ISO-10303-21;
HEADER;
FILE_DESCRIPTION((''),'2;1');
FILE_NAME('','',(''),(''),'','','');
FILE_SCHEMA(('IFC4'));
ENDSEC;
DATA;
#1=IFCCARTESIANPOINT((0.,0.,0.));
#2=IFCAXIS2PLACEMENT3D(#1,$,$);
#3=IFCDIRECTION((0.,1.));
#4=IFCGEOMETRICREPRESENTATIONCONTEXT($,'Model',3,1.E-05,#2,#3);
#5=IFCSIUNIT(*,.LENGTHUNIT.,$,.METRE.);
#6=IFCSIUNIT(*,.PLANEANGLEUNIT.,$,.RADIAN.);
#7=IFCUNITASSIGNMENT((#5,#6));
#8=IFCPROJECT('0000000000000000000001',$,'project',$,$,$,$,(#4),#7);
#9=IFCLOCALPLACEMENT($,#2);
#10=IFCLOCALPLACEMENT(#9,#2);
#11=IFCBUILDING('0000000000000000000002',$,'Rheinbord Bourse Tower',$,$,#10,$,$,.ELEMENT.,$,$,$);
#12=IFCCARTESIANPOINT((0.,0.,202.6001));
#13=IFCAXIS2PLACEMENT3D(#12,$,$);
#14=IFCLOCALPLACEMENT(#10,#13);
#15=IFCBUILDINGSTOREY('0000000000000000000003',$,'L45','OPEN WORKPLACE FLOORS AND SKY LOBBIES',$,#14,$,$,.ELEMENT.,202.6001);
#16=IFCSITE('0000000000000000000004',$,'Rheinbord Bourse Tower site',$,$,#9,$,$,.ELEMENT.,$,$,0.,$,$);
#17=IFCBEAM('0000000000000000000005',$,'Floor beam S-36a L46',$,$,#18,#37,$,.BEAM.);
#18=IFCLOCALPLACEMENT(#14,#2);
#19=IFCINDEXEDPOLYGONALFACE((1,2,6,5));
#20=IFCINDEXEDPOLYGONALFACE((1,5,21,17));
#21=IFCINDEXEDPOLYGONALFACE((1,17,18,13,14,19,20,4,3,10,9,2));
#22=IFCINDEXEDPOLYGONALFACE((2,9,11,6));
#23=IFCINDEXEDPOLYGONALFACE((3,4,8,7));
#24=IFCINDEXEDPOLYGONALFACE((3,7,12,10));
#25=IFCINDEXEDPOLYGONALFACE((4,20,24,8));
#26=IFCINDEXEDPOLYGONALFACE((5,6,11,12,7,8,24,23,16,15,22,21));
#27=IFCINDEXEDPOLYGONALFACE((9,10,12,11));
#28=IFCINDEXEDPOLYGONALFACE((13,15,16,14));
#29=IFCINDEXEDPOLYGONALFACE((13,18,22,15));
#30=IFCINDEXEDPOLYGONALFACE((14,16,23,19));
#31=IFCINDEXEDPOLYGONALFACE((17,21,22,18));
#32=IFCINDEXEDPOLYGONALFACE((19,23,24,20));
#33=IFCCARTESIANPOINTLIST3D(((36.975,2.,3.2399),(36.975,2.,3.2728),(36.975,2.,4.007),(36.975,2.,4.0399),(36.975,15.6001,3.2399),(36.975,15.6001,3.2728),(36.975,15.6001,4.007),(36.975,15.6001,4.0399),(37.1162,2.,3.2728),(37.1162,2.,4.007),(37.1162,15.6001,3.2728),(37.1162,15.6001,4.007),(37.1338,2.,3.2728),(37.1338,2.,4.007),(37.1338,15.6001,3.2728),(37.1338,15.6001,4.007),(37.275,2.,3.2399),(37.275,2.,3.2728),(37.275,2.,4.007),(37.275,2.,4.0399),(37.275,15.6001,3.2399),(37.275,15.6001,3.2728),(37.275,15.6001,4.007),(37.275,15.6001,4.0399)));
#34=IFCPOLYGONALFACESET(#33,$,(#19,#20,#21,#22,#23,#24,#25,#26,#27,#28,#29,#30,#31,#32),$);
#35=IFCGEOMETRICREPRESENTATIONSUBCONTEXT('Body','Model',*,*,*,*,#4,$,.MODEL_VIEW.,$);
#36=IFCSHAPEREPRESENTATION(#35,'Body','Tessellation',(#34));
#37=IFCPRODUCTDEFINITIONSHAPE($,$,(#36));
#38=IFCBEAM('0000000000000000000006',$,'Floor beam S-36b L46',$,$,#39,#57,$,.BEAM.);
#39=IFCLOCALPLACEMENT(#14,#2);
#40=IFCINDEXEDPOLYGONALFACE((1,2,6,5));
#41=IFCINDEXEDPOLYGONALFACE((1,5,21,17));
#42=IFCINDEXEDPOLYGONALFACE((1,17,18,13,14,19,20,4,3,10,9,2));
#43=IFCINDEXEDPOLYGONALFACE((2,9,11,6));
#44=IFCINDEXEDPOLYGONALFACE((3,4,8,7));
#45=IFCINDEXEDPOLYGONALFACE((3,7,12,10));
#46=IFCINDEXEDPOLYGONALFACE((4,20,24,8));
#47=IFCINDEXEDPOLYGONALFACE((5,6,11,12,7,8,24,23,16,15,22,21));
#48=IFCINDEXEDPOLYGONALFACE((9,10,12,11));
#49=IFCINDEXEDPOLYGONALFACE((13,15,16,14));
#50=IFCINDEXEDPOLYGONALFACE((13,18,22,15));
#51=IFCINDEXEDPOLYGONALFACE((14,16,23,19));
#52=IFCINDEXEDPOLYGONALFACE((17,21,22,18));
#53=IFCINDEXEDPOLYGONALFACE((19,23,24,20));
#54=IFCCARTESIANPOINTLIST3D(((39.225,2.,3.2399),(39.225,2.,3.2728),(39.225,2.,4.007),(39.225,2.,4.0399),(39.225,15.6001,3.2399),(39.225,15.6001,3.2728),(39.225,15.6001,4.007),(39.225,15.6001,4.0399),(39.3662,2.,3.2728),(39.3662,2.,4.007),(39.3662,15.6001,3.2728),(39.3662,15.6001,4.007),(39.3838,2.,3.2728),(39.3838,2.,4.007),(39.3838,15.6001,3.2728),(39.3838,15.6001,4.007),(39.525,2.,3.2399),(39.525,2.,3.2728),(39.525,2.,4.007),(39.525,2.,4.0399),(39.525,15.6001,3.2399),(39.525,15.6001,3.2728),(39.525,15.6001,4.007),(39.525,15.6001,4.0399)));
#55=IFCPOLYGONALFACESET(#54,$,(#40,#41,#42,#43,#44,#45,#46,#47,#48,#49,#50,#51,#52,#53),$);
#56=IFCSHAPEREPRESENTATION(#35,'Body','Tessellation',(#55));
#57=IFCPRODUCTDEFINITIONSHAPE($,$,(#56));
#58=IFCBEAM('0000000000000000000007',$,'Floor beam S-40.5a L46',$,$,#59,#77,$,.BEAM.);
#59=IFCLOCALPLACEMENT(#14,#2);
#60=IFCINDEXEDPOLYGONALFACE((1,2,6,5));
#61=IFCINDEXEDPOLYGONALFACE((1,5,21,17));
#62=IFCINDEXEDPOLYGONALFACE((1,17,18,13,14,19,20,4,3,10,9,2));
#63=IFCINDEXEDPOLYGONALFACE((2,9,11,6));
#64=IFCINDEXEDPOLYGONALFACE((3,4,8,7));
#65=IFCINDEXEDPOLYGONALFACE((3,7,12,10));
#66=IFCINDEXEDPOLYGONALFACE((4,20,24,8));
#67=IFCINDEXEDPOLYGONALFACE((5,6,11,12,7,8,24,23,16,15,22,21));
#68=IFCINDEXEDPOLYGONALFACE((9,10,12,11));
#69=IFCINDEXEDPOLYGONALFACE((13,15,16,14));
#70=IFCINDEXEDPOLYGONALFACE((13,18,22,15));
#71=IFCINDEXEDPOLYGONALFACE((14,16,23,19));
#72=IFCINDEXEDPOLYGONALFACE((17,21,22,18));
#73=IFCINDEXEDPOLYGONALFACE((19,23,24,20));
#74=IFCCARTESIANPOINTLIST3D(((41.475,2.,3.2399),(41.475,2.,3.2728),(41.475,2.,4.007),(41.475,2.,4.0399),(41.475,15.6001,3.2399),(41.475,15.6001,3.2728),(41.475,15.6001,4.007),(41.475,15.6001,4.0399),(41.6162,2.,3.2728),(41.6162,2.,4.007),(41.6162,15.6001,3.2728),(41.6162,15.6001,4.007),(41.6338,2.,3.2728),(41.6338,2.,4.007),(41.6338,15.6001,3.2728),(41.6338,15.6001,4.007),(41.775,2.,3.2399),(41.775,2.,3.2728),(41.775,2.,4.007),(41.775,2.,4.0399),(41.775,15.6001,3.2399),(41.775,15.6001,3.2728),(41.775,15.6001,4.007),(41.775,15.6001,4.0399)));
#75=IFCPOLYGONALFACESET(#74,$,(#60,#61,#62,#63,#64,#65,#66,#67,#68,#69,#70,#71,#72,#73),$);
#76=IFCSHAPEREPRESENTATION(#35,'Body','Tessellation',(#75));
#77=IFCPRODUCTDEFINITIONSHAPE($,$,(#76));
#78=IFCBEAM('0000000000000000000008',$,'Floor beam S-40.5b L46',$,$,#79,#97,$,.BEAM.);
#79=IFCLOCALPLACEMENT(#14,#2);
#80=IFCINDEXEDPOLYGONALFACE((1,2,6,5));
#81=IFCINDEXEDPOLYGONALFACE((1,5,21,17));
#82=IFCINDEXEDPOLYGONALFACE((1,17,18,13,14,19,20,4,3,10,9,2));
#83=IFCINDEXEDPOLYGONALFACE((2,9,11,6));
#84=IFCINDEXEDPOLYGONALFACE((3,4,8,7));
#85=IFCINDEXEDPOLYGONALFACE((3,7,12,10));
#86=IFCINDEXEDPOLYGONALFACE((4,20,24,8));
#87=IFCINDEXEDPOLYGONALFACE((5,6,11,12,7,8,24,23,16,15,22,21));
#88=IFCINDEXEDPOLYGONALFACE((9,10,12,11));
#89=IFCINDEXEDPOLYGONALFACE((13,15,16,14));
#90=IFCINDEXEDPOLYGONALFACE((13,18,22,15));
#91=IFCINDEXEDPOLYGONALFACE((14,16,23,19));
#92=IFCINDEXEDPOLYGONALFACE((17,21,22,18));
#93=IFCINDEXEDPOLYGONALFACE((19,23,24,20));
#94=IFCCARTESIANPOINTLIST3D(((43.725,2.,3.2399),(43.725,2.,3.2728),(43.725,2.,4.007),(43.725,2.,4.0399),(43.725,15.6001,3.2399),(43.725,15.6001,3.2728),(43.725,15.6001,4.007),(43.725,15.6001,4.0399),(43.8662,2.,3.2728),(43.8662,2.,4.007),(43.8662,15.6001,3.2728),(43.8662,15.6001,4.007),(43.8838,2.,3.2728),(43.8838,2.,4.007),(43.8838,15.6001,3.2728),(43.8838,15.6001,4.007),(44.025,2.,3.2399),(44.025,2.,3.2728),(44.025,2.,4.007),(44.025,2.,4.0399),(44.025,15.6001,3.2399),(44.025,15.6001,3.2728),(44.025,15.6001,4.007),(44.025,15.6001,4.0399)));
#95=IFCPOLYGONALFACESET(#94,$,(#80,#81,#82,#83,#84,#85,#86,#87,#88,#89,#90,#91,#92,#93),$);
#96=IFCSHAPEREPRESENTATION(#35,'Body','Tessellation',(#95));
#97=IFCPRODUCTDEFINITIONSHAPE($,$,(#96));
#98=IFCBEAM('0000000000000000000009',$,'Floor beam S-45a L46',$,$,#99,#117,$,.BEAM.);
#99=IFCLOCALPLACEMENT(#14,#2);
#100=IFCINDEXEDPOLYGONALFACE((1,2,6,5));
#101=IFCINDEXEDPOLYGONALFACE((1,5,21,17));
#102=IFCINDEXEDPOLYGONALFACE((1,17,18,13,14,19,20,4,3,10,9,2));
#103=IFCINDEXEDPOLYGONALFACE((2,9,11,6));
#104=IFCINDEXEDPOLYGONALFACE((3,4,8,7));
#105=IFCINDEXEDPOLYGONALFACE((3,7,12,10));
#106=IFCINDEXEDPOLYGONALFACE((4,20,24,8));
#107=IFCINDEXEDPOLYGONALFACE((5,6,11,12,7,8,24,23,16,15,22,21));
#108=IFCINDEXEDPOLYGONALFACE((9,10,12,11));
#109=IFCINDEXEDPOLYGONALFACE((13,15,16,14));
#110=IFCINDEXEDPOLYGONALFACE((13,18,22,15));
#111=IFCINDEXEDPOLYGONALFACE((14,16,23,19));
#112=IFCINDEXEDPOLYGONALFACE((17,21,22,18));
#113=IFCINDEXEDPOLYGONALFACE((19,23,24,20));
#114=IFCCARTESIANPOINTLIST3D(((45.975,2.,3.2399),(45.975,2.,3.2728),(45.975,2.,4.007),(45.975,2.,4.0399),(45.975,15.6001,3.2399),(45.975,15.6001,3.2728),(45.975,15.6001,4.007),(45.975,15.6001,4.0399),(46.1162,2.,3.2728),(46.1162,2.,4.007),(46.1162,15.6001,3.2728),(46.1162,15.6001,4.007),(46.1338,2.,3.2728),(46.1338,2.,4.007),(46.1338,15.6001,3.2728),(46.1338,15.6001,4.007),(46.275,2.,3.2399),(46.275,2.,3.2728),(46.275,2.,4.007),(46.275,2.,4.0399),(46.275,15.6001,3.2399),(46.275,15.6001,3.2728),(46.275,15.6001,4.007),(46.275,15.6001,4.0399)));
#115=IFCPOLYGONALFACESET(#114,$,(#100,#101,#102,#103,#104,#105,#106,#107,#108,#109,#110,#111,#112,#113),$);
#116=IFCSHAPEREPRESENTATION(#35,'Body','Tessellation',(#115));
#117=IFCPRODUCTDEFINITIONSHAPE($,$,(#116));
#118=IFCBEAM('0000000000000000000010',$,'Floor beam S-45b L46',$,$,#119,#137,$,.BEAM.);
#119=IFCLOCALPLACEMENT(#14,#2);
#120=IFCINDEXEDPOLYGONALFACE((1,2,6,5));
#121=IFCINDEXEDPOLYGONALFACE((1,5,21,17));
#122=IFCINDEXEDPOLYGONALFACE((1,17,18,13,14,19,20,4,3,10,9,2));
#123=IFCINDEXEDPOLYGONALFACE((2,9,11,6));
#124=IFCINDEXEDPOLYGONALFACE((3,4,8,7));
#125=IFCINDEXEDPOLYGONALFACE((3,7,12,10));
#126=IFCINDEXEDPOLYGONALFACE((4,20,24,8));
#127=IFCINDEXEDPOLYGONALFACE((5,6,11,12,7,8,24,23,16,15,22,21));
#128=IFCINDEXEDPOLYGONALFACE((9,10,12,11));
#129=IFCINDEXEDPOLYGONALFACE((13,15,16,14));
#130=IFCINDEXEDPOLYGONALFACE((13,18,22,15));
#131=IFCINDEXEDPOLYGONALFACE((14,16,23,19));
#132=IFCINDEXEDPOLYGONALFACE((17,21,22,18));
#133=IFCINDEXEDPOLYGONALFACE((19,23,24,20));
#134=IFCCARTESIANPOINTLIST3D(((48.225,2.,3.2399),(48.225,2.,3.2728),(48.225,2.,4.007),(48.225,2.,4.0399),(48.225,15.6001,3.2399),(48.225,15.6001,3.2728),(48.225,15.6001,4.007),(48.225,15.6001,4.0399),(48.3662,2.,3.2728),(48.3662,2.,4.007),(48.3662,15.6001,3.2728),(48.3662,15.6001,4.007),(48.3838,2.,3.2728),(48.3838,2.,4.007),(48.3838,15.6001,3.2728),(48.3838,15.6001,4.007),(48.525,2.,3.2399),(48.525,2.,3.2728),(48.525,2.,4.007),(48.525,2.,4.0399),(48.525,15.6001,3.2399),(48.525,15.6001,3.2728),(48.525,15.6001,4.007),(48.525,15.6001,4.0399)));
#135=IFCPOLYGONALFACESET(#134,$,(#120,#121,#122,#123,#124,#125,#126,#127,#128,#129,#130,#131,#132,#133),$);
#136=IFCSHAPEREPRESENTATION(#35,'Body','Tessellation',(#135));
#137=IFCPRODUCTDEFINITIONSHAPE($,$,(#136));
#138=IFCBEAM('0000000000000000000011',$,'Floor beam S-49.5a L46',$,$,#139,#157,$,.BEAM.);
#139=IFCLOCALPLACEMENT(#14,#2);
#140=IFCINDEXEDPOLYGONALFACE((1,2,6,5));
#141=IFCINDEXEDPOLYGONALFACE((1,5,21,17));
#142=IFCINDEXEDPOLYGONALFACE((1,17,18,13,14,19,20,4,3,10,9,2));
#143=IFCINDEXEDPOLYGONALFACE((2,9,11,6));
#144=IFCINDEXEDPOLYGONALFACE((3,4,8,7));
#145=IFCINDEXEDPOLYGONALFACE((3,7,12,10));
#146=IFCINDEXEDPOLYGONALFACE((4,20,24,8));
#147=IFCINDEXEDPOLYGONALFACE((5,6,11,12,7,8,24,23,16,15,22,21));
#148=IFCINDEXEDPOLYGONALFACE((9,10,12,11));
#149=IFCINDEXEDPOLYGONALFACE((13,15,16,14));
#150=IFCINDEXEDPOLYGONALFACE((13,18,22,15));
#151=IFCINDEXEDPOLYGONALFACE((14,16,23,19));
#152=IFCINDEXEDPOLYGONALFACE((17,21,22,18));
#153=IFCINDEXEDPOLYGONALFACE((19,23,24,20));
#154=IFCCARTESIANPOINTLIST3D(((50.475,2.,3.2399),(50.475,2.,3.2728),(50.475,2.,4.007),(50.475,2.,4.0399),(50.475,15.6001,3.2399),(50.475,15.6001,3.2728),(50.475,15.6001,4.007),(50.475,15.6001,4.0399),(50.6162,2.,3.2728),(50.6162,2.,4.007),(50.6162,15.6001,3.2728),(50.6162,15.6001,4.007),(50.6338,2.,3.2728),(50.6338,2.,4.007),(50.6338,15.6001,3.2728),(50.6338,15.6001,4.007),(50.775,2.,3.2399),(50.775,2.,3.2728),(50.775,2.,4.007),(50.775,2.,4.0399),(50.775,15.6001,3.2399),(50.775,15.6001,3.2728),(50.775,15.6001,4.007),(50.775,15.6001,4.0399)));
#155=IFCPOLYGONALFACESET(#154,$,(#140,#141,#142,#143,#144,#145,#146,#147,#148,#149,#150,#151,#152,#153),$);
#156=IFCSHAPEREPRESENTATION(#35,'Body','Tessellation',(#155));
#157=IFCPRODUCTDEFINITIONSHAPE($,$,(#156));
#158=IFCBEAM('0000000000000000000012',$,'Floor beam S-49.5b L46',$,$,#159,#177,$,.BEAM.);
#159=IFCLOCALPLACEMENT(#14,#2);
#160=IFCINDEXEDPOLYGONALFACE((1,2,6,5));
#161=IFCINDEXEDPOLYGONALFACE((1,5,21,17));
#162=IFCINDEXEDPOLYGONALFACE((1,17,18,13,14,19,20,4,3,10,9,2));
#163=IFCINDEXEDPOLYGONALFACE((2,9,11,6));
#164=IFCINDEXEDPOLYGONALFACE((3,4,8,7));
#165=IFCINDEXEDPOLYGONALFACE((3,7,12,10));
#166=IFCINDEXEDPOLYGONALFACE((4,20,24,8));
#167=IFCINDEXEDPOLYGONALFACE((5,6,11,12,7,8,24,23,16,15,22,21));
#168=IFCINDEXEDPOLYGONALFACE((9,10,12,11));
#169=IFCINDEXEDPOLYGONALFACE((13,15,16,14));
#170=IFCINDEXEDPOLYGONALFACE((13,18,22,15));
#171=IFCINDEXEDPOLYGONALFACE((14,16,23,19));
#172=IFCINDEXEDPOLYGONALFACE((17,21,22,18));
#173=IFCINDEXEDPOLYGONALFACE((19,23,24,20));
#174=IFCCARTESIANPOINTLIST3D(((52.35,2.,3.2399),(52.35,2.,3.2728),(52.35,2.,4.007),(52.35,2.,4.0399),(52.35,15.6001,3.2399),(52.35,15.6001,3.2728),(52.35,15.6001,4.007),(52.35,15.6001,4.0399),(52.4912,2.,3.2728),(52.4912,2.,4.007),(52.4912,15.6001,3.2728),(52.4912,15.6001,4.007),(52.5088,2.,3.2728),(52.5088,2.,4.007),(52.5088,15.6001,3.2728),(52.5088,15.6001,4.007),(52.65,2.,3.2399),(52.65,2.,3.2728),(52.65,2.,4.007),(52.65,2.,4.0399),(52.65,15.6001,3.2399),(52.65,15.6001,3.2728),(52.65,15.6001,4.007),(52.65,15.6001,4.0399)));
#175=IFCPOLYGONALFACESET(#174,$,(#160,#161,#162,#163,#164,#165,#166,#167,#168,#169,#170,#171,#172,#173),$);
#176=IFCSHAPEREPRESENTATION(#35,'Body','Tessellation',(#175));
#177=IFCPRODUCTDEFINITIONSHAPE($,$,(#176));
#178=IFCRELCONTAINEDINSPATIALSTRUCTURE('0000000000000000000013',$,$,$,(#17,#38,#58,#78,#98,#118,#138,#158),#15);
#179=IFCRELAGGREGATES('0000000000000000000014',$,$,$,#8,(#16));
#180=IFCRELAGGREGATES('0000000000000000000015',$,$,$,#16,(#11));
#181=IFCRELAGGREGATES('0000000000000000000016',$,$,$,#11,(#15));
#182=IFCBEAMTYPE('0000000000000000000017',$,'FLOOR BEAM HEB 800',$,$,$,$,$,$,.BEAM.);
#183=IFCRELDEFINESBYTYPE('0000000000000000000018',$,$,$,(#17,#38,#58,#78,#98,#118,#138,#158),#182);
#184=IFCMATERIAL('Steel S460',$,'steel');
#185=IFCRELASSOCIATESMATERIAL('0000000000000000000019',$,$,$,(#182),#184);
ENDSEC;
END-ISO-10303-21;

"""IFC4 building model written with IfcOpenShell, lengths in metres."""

from ifc_helpers import new_model, si_unit, direction, frame, origin, origin_2d, place, context, subcontext, project, spatial, i_section, extrude, material, material_profile, profile_set, type_object, element, save


model = new_model("IFC4")

# Units and contexts
model_context = context("Model", 3, precision=1e-05, world=origin(), true_north=direction((0.0, 1.0)))
body_context = subcontext(model_context, "Body", "Model", "MODEL_VIEW")
ifc_project = project(units=[si_unit("LENGTHUNIT", "METRE"), si_unit("PLANEANGLEUNIT", "RADIAN")], contexts=[model_context])

# Site, building, storey
site_placement = place(None, origin())
site = spatial("IfcSite", under=ifc_project, at=site_placement, Name="Rheinbord Bourse Tower site", CompositionType="ELEMENT", RefElevation=0.0)
building_placement = place(site_placement, origin())
building = spatial("IfcBuilding", under=site, at=building_placement, Name="Rheinbord Bourse Tower", CompositionType="ELEMENT")
storey_placement = place(building_placement, frame((0.0, 0.0, 202.6001)))
storey = spatial("IfcBuildingStorey", under=building, at=storey_placement, Name="L45", Description="OPEN WORKPLACE FLOORS AND SKY LOBBIES", CompositionType="ELEMENT", Elevation=202.6001)

# Beams
ifc_material_1 = material(Name="Steel S460", Category="steel")
ifc_material_profile_1 = material_profile(ifc_material_1, i_section(OverallWidth=0.3, OverallDepth=0.8, WebThickness=0.0176, FlangeThickness=0.033, at=origin_2d()), Name="HEB 800")
ifc_profile_set_1 = profile_set([ifc_material_profile_1], Name="Steel S460")
beam_type_1 = type_object("IfcBeamType", Name="FLOOR BEAM HEB 800", PredefinedType="BEAM", material=ifc_profile_set_1)
for number, where, z_axis, x_axis, name in (
    (1, (37.125, 2.0, 3.6399), (0.0, 1.0, 0.0), (-1.0, 0.0, 0.0), "Floor beam S-36a L46"),
    (2, (39.375, 2.0, 3.6399), (0.0, 1.0, 0.0), (-1.0, 0.0, 0.0), "Floor beam S-36b L46"),
    (3, (41.625, 2.0, 3.6399), (0.0, 1.0, 0.0), (-1.0, 0.0, 0.0), "Floor beam S-40.5a L46"),
    (4, (43.875, 2.0, 3.6399), (0.0, 1.0, 0.0), (-1.0, 0.0, 0.0), "Floor beam S-40.5b L46"),
    (5, (46.125, 2.0, 3.6399), (0.0, 1.0, 0.0), (-1.0, 0.0, 0.0), "Floor beam S-45a L46"),
    (6, (48.375, 2.0, 3.6399), (0.0, 1.0, 0.0), (-1.0, 0.0, 0.0), "Floor beam S-45b L46"),
    (7, (50.625, 2.0, 3.6399), (0.0, 1.0, 0.0), (-1.0, 0.0, 0.0), "Floor beam S-49.5a L46"),
    (8, (52.5, 2.0, 3.6399), (0.0, 1.0, 0.0), (-1.0, 0.0, 0.0), "Floor beam S-49.5b L46"),
):
    element("IfcBeam", number, at=place(storey_placement, frame(where, z_axis=z_axis, x_axis=x_axis)), inside=storey, type_object=beam_type_1, Name=name, PredefinedType="BEAM", context=body_context, shape_type="SweptSolid", body=[
        extrude(i_section(OverallWidth=0.3, OverallDepth=0.8, WebThickness=0.0176, FlangeThickness=0.033, at=origin_2d()), origin(), (0.0, 0.0, 1.0), 13.6001),
    ])

save(model, "model.ifc")
